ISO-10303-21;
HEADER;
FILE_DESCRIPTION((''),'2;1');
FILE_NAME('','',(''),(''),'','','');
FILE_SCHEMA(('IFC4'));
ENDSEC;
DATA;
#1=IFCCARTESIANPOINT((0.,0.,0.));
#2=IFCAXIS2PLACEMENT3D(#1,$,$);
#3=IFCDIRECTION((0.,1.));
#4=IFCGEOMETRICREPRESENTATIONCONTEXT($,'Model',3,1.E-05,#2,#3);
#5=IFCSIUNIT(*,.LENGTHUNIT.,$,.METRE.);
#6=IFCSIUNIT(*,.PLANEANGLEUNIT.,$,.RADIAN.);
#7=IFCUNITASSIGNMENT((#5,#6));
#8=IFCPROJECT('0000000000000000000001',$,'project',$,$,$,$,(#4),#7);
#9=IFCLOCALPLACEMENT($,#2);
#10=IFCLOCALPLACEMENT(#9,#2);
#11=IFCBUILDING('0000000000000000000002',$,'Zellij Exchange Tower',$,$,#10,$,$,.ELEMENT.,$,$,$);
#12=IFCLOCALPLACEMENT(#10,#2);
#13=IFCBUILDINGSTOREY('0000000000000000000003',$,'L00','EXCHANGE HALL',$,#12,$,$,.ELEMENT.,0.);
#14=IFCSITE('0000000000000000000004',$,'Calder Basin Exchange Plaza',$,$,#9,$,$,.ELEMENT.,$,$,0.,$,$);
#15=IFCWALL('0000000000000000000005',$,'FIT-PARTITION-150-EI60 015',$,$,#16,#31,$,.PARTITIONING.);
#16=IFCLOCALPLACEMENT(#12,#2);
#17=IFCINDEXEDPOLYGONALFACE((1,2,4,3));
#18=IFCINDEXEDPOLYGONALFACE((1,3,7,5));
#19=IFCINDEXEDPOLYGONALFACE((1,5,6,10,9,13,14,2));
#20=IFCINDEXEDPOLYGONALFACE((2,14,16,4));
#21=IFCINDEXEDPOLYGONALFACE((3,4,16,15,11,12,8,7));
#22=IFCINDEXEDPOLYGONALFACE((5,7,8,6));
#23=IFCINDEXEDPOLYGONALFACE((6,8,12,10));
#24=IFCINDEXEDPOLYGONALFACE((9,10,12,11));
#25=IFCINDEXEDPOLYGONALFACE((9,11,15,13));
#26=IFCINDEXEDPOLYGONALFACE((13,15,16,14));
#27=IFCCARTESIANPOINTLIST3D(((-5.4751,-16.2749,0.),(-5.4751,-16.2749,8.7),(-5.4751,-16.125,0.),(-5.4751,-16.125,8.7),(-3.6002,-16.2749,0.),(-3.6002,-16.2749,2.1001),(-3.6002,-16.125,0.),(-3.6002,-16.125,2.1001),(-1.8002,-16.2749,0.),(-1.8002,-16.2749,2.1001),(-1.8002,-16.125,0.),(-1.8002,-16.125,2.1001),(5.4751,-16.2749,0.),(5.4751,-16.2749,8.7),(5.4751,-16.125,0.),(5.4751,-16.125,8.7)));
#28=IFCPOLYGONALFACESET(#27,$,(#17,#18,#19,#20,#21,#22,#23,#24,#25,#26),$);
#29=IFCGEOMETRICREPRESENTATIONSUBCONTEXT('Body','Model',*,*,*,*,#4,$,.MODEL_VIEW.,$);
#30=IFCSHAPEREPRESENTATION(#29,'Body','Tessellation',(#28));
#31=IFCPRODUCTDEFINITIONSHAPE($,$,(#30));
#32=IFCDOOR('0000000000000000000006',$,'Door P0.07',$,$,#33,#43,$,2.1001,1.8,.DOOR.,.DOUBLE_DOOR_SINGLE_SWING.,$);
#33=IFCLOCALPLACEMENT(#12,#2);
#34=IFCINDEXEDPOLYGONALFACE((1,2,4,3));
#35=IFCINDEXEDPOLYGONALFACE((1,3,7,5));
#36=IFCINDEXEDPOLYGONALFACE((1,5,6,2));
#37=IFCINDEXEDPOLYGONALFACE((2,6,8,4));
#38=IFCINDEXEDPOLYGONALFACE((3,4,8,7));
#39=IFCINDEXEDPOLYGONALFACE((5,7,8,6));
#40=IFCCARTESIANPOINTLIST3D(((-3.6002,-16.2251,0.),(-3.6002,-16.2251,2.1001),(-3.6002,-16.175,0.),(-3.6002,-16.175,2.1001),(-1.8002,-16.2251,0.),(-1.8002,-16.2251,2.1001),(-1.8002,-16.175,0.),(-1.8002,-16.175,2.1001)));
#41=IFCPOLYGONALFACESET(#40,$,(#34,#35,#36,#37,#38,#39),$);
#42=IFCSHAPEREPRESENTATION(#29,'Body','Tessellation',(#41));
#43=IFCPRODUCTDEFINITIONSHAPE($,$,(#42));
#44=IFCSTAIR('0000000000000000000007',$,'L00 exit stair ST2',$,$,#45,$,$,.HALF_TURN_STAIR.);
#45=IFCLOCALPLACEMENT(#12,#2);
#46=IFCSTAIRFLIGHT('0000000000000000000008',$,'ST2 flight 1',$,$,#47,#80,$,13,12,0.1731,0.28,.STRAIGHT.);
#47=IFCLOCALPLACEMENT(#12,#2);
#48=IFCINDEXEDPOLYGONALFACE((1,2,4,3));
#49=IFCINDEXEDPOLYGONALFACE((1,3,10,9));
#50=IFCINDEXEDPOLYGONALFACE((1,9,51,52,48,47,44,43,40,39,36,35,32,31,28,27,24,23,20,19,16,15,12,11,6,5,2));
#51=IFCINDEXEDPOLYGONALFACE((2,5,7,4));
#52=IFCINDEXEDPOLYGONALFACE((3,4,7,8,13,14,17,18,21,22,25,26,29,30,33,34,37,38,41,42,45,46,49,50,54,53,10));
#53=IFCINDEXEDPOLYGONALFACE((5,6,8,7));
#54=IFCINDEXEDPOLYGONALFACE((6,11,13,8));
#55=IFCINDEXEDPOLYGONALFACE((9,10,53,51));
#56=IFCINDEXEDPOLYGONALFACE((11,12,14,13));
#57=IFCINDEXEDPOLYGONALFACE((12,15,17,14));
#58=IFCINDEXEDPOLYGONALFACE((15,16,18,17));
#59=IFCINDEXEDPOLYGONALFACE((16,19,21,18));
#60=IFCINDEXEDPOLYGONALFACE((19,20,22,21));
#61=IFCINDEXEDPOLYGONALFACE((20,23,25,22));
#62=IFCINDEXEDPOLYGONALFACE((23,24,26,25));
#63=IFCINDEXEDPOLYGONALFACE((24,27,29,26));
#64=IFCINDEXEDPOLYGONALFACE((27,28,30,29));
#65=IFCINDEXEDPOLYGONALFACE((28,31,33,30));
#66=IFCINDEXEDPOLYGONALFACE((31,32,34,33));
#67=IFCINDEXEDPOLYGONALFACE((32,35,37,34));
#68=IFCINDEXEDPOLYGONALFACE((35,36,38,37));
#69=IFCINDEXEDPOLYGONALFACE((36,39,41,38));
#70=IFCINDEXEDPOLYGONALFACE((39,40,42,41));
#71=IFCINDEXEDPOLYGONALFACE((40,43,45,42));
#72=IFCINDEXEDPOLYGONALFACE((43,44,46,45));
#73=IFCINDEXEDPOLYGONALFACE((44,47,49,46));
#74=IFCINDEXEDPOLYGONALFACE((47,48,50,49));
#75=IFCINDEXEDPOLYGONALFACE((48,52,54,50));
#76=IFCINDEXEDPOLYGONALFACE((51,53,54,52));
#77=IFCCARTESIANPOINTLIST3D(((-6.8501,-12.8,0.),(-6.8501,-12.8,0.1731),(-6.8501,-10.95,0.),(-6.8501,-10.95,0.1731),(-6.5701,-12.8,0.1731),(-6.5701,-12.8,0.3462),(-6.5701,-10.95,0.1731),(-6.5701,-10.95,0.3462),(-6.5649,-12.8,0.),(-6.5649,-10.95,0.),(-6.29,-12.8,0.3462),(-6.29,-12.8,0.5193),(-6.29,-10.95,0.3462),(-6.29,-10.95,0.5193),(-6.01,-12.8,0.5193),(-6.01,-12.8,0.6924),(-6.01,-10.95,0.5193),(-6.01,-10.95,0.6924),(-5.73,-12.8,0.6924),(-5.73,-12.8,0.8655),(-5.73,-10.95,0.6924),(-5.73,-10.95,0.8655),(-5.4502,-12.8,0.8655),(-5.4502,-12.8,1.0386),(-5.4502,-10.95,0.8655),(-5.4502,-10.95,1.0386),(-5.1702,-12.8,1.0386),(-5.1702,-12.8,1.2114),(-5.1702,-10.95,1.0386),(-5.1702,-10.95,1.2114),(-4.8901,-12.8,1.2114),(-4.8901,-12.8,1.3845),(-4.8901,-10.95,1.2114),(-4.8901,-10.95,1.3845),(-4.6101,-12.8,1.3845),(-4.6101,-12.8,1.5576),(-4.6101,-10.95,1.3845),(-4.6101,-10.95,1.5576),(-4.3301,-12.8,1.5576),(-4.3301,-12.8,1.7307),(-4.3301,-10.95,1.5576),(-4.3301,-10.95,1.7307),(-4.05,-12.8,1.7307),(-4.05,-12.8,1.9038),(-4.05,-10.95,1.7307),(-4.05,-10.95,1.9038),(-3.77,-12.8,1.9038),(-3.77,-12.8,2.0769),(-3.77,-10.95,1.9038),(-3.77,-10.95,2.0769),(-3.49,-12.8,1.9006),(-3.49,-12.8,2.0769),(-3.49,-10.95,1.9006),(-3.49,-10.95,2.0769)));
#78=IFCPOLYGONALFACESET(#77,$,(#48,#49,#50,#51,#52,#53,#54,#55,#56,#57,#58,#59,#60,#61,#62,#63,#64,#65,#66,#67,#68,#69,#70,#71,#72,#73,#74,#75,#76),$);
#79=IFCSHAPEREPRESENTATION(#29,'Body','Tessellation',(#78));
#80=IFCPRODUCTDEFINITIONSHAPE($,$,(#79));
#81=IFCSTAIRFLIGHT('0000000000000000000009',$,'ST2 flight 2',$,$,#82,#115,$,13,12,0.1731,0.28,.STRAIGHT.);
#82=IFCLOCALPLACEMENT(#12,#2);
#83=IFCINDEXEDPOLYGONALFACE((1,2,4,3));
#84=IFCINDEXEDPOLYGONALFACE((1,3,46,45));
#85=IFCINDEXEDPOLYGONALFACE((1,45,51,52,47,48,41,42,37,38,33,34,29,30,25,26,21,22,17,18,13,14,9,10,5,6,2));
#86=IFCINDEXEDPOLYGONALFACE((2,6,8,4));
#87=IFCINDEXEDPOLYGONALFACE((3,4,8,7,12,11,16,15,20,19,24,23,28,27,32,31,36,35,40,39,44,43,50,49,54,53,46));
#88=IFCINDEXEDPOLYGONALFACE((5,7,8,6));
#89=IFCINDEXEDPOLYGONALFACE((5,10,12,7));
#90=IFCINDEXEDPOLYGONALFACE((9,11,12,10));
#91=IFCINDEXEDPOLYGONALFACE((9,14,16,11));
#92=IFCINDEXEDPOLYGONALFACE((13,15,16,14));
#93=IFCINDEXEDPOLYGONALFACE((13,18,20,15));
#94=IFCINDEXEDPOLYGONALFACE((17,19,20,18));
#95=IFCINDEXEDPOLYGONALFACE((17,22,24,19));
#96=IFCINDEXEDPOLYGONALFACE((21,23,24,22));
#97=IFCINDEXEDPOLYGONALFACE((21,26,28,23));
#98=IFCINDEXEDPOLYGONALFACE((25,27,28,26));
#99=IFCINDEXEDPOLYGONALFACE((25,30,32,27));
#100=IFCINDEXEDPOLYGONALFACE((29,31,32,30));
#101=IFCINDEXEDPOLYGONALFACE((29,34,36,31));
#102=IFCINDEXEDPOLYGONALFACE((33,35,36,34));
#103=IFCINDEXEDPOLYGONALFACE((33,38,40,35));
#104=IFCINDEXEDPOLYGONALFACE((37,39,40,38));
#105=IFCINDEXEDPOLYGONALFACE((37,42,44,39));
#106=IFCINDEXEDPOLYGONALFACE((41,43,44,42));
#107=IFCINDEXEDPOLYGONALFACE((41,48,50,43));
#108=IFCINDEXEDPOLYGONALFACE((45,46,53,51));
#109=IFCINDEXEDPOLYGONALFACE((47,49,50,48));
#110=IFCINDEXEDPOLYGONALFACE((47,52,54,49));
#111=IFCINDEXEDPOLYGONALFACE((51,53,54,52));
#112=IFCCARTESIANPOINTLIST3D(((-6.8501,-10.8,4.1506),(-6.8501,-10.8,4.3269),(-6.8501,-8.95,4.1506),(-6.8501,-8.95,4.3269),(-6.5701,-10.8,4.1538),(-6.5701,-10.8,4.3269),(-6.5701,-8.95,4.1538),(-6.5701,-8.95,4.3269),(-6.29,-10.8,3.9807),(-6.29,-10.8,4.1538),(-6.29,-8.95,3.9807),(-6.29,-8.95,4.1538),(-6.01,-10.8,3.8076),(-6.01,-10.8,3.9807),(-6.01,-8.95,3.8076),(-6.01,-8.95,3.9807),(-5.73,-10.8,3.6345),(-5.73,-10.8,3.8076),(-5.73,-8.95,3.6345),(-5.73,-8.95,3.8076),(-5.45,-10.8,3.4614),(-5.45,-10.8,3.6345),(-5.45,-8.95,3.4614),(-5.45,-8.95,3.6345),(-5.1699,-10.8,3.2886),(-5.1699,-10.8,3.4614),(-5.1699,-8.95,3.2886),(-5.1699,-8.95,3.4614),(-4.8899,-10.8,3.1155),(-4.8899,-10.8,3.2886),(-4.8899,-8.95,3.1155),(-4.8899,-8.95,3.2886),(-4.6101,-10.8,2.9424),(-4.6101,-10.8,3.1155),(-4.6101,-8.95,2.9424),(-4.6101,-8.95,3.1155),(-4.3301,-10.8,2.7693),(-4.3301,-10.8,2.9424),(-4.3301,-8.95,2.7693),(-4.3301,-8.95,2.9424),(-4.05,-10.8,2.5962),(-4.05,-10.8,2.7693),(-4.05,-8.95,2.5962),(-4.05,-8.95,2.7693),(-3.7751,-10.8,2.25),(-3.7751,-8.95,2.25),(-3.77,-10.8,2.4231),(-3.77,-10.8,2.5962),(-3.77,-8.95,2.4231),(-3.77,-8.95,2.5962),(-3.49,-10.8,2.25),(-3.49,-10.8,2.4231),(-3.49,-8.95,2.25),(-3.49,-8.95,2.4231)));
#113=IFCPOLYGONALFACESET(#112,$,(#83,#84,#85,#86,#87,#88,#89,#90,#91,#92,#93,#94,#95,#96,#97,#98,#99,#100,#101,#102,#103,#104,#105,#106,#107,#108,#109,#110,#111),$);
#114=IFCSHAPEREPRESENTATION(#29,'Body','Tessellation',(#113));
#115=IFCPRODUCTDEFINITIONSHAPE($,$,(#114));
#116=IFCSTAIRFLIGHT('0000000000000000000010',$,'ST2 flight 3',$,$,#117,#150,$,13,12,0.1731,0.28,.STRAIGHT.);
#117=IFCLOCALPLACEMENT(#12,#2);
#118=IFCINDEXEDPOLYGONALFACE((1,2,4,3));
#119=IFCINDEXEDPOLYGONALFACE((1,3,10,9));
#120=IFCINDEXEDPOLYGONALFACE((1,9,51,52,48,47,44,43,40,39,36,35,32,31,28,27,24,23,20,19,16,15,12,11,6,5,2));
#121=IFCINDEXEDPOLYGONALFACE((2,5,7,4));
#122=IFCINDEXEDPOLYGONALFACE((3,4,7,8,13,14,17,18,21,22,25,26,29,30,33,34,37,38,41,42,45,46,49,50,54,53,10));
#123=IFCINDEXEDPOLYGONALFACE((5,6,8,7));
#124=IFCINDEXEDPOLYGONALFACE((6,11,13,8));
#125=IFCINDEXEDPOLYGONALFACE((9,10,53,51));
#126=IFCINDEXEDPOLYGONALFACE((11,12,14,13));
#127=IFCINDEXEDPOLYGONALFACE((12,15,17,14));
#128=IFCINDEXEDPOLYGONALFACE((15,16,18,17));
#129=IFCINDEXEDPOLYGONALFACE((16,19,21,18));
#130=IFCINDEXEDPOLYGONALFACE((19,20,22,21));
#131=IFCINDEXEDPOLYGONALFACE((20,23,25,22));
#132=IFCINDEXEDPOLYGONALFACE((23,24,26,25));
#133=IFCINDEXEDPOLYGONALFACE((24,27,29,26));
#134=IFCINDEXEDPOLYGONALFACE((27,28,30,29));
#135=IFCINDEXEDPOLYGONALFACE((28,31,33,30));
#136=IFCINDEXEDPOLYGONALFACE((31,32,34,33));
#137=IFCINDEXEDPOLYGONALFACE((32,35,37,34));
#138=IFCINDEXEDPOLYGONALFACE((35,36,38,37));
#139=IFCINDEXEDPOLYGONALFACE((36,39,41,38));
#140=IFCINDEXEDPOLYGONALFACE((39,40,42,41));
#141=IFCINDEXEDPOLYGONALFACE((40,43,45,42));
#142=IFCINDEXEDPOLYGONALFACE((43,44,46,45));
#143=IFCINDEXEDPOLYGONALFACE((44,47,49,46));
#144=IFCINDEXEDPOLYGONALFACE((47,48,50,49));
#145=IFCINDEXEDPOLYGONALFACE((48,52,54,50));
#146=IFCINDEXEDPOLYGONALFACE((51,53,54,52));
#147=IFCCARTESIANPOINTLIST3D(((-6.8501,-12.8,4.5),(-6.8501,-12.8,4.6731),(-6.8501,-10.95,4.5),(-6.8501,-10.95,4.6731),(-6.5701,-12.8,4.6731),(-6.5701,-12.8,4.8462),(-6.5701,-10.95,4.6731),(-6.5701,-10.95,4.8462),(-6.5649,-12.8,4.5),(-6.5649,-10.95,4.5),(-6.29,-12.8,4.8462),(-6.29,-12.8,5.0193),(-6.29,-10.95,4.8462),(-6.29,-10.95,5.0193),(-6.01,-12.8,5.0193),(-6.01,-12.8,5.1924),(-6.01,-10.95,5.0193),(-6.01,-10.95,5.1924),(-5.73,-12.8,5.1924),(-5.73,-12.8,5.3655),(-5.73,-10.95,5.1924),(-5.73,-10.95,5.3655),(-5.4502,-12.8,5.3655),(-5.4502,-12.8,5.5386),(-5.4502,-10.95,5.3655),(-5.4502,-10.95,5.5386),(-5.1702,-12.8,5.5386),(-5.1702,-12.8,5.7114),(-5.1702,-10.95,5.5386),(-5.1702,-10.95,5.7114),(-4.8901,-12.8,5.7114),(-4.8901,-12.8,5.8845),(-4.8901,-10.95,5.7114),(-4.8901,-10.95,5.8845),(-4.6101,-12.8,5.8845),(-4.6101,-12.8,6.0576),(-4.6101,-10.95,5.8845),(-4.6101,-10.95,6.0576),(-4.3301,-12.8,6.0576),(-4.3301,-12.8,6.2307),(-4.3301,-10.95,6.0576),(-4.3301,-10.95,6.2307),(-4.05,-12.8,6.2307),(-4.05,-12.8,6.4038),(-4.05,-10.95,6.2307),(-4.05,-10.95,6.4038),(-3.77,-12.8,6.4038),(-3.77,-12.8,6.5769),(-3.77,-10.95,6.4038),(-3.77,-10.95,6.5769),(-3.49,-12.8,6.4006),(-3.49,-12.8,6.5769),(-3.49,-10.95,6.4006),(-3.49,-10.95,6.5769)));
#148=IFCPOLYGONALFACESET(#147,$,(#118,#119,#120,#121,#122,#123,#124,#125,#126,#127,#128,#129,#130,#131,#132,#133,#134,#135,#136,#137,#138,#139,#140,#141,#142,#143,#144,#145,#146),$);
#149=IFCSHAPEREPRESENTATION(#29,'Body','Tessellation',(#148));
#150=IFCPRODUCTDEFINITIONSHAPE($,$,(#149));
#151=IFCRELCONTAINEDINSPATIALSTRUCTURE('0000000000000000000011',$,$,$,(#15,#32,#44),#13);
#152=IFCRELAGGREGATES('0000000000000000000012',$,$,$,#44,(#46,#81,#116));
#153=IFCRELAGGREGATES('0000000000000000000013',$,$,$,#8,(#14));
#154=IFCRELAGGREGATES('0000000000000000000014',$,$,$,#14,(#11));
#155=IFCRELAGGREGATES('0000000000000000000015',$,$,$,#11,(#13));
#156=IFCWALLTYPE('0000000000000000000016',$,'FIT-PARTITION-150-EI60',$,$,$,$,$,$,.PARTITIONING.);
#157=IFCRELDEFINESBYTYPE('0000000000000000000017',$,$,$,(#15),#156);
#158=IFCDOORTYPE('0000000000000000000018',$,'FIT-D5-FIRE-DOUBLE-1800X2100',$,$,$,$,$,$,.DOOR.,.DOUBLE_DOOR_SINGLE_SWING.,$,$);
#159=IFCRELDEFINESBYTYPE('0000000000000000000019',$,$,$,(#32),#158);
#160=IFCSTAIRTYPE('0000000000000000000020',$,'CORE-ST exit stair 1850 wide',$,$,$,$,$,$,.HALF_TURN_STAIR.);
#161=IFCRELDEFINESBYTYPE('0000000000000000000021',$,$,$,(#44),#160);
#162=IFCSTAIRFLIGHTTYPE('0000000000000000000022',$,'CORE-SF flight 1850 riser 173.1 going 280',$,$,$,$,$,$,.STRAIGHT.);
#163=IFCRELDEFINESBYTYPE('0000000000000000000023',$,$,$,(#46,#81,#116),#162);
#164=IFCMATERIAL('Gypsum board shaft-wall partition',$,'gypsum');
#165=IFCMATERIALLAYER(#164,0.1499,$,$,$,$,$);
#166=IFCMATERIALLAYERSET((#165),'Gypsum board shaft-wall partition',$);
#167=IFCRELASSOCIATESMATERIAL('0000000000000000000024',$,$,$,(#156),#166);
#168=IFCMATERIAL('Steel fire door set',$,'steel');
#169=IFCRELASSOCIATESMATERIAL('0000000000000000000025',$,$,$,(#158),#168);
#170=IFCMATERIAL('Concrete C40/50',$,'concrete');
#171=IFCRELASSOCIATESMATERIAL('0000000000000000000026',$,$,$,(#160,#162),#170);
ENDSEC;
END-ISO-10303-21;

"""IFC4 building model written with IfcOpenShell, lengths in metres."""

from ifc_helpers import new_model, si_unit, direction, frame, frame_2d, origin, place, context, subcontext, project, spatial, polyline, rectangle, outline, extrude, material, layer, layer_set, type_object, element, fill, aggregate, save


model = new_model("IFC4")

# Units and contexts
model_context = context("Model", 3, precision=1e-05, world=origin(), true_north=direction((0.0, 1.0)))
body_context = subcontext(model_context, "Body", "Model", "MODEL_VIEW")
ifc_project = project(units=[si_unit("LENGTHUNIT", "METRE"), si_unit("PLANEANGLEUNIT", "RADIAN")], contexts=[model_context])

# Site, building, storey
site_placement = place(None, origin())
site = spatial("IfcSite", under=ifc_project, at=site_placement, Name="Calder Basin Exchange Plaza", CompositionType="ELEMENT", RefElevation=0.0)
building_placement = place(site_placement, origin())
building = spatial("IfcBuilding", under=site, at=building_placement, Name="Zellij Exchange Tower", CompositionType="ELEMENT")
storey_placement = place(building_placement, origin())
storey = spatial("IfcBuildingStorey", under=building, at=storey_placement, Name="L00", Description="EXCHANGE HALL", CompositionType="ELEMENT", Elevation=0.0)

# Shared definitions
ifc_material_1 = material(Name="Gypsum board shaft-wall partition", Category="gypsum")
ifc_layer_1 = layer(ifc_material_1, 0.1499)
ifc_layer_set_1 = layer_set([ifc_layer_1], Name="Gypsum board shaft-wall partition")
wall_type_1 = type_object("IfcWallType", Name="FIT-PARTITION-150-EI60", PredefinedType="PARTITIONING", material=ifc_layer_set_1)

# Wall, opening, door
wall_1_placement = place(storey_placement, frame((-5.4751, -16.2, 0.0), z_axis=(0.0, 0.0, 1.0), x_axis=(1.0, 0.0, 0.0)))
wall_1 = element("IfcWall", 1, at=wall_1_placement, inside=storey, type_object=wall_type_1, Name="FIT-PARTITION-150-EI60 015", PredefinedType="PARTITIONING", context=body_context, shape_type="SweptSolid", body=[
    extrude(rectangle(XDim=10.9502, YDim=0.1499, at=frame_2d((5.4751, 0.0))), origin(), (0.0, 0.0, 1.0), 8.7),
])
opening_1_placement = place(wall_1_placement, frame((1.875, 0.0, 0.0)))
opening_1 = element("IfcOpeningElement", 2, at=opening_1_placement, cuts=wall_1, PredefinedType="OPENING", context=body_context, shape_type="SweptSolid", body=[
    extrude(rectangle(XDim=1.8, YDim=2.1001, at=frame_2d((0.8999, 1.05))), frame((0.0, 0.0869, 0.0), z_axis=(0.0, -1.0, 0.0), x_axis=(1.0, 0.0, 0.0)), (0.0, 0.0, 1.0), 0.1738),
])
ifc_material_2 = material(Name="Steel fire door set", Category="steel")
door_type_1 = type_object("IfcDoorType", Name="FIT-D5-FIRE-DOUBLE-1800X2100", OperationType="DOUBLE_DOOR_SINGLE_SWING", PredefinedType="DOOR", material=ifc_material_2)
door_1_placement = place(opening_1_placement, origin())
door_1 = element("IfcDoor", 3, at=door_1_placement, inside=storey, type_object=door_type_1, Name="Door P0.07", OperationType="DOUBLE_DOOR_SINGLE_SWING", OverallHeight=2.1001, OverallWidth=1.8, PredefinedType="DOOR", context=body_context, shape_type="SweptSolid", body=[
    extrude(rectangle(XDim=1.8, YDim=2.1001, at=frame_2d((0.8999, 1.05))), frame((0.0, 0.0249, 0.0), z_axis=(0.0, -1.0, 0.0), x_axis=(1.0, 0.0, 0.0)), (0.0, 0.0, 1.0), 0.05),
])
fill(opening_1, door_1)

# Stair, stair flights
ifc_material_3 = material(Name="Concrete C40/50", Category="concrete")
stair_type = type_object("IfcStairType", Name="CORE-ST exit stair 1850 wide", PredefinedType="HALF_TURN_STAIR", material=ifc_material_3)
stair_placement = place(storey_placement, origin())
stair = element("IfcStair", 4, at=stair_placement, inside=storey, type_object=stair_type, Name="L00 exit stair ST2", PredefinedType="HALF_TURN_STAIR")
stair_flight_type = type_object("IfcStairFlightType", Name="CORE-SF flight 1850 riser 173.1 going 280", PredefinedType="STRAIGHT", material=ifc_material_3)
stair_flight_1_placement = place(storey_placement, frame((-6.8501, -11.875, 0.0), z_axis=(0.0, 0.0, 1.0), x_axis=(1.0, 0.0, 0.0)))
stair_flight_1 = element("IfcStairFlight", 5, at=stair_flight_1_placement, type_object=stair_flight_type, Name="ST2 flight 1", NumberOfRisers=13, NumberOfTreads=12, PredefinedType="STRAIGHT", RiserHeight=0.1731, TreadLength=0.28, context=body_context, shape_type="SweptSolid", body=[
    extrude(outline(polyline([(0.0, 0.0), (0.0, 0.1731), (0.28, 0.1731), (0.28, 0.3462), (0.5601, 0.3462), (0.5601, 0.5193), (0.8401, 0.5193), (0.8401, 0.6924), (1.1201, 0.6924), (1.1201, 0.8655), (1.3999, 0.8655), (1.3999, 1.0386), (1.6799, 1.0386), (1.6799, 1.2114), (1.96, 1.2114), (1.96, 1.3845), (2.24, 1.3845), (2.24, 1.5576), (2.52, 1.5576), (2.52, 1.7307), (2.8, 1.7307), (2.8, 1.9038), (3.0801, 1.9038), (3.0801, 2.0769), (3.3601, 2.0769), (3.3601, 2.25), (3.3601, 1.9006), (0.2852, 0.0), (0.0, 0.0)])), frame((0.0, 0.925, 0.0), z_axis=(0.0, -1.0, 0.0), x_axis=(1.0, 0.0, 0.0)), (0.0, 0.0, 1.0), 1.8501),
])
stair_flight_2_placement = place(storey_placement, frame((-3.49, -9.875, 2.25), z_axis=(0.0, 0.0, 1.0), x_axis=(-1.0, 0.0, 0.0)))
stair_flight_2 = element("IfcStairFlight", 6, at=stair_flight_2_placement, type_object=stair_flight_type, Name="ST2 flight 2", NumberOfRisers=13, NumberOfTreads=12, PredefinedType="STRAIGHT", RiserHeight=0.1731, TreadLength=0.28, context=body_context, shape_type="SweptSolid", body=[
    extrude(outline(polyline([(0.0, 0.0), (0.0, 0.1731), (0.28, 0.1731), (0.28, 0.3462), (0.5601, 0.3462), (0.5601, 0.5193), (0.8401, 0.5193), (0.8401, 0.6924), (1.1201, 0.6924), (1.1201, 0.8655), (1.3999, 0.8655), (1.3999, 1.0386), (1.6799, 1.0386), (1.6799, 1.2114), (1.96, 1.2114), (1.96, 1.3845), (2.24, 1.3845), (2.24, 1.5576), (2.52, 1.5576), (2.52, 1.7307), (2.8, 1.7307), (2.8, 1.9038), (3.0801, 1.9038), (3.0801, 2.0769), (3.3601, 2.0769), (3.3601, 2.25), (3.3601, 1.9006), (0.2852, 0.0), (0.0, 0.0)])), frame((0.0, 0.925, 0.0), z_axis=(0.0, -1.0, 0.0), x_axis=(1.0, 0.0, 0.0)), (0.0, 0.0, 1.0), 1.8501),
])
stair_flight_3_placement = place(storey_placement, frame((-6.8501, -11.875, 4.5), z_axis=(0.0, 0.0, 1.0), x_axis=(1.0, 0.0, 0.0)))
stair_flight_3 = element("IfcStairFlight", 7, at=stair_flight_3_placement, type_object=stair_flight_type, Name="ST2 flight 3", NumberOfRisers=13, NumberOfTreads=12, PredefinedType="STRAIGHT", RiserHeight=0.1731, TreadLength=0.28, context=body_context, shape_type="SweptSolid", body=[
    extrude(outline(polyline([(0.0, 0.0), (0.0, 0.1731), (0.28, 0.1731), (0.28, 0.3462), (0.5601, 0.3462), (0.5601, 0.5193), (0.8401, 0.5193), (0.8401, 0.6924), (1.1201, 0.6924), (1.1201, 0.8655), (1.3999, 0.8655), (1.3999, 1.0386), (1.6799, 1.0386), (1.6799, 1.2114), (1.96, 1.2114), (1.96, 1.3845), (2.24, 1.3845), (2.24, 1.5576), (2.52, 1.5576), (2.52, 1.7307), (2.8, 1.7307), (2.8, 1.9038), (3.0801, 1.9038), (3.0801, 2.0769), (3.3601, 2.0769), (3.3601, 2.25), (3.3601, 1.9006), (0.2852, 0.0), (0.0, 0.0)])), frame((0.0, 0.925, 0.0), z_axis=(0.0, -1.0, 0.0), x_axis=(1.0, 0.0, 0.0)), (0.0, 0.0, 1.0), 1.8501),
])
aggregate(stair, [stair_flight_1, stair_flight_2, stair_flight_3])

save(model, "model.ifc")
